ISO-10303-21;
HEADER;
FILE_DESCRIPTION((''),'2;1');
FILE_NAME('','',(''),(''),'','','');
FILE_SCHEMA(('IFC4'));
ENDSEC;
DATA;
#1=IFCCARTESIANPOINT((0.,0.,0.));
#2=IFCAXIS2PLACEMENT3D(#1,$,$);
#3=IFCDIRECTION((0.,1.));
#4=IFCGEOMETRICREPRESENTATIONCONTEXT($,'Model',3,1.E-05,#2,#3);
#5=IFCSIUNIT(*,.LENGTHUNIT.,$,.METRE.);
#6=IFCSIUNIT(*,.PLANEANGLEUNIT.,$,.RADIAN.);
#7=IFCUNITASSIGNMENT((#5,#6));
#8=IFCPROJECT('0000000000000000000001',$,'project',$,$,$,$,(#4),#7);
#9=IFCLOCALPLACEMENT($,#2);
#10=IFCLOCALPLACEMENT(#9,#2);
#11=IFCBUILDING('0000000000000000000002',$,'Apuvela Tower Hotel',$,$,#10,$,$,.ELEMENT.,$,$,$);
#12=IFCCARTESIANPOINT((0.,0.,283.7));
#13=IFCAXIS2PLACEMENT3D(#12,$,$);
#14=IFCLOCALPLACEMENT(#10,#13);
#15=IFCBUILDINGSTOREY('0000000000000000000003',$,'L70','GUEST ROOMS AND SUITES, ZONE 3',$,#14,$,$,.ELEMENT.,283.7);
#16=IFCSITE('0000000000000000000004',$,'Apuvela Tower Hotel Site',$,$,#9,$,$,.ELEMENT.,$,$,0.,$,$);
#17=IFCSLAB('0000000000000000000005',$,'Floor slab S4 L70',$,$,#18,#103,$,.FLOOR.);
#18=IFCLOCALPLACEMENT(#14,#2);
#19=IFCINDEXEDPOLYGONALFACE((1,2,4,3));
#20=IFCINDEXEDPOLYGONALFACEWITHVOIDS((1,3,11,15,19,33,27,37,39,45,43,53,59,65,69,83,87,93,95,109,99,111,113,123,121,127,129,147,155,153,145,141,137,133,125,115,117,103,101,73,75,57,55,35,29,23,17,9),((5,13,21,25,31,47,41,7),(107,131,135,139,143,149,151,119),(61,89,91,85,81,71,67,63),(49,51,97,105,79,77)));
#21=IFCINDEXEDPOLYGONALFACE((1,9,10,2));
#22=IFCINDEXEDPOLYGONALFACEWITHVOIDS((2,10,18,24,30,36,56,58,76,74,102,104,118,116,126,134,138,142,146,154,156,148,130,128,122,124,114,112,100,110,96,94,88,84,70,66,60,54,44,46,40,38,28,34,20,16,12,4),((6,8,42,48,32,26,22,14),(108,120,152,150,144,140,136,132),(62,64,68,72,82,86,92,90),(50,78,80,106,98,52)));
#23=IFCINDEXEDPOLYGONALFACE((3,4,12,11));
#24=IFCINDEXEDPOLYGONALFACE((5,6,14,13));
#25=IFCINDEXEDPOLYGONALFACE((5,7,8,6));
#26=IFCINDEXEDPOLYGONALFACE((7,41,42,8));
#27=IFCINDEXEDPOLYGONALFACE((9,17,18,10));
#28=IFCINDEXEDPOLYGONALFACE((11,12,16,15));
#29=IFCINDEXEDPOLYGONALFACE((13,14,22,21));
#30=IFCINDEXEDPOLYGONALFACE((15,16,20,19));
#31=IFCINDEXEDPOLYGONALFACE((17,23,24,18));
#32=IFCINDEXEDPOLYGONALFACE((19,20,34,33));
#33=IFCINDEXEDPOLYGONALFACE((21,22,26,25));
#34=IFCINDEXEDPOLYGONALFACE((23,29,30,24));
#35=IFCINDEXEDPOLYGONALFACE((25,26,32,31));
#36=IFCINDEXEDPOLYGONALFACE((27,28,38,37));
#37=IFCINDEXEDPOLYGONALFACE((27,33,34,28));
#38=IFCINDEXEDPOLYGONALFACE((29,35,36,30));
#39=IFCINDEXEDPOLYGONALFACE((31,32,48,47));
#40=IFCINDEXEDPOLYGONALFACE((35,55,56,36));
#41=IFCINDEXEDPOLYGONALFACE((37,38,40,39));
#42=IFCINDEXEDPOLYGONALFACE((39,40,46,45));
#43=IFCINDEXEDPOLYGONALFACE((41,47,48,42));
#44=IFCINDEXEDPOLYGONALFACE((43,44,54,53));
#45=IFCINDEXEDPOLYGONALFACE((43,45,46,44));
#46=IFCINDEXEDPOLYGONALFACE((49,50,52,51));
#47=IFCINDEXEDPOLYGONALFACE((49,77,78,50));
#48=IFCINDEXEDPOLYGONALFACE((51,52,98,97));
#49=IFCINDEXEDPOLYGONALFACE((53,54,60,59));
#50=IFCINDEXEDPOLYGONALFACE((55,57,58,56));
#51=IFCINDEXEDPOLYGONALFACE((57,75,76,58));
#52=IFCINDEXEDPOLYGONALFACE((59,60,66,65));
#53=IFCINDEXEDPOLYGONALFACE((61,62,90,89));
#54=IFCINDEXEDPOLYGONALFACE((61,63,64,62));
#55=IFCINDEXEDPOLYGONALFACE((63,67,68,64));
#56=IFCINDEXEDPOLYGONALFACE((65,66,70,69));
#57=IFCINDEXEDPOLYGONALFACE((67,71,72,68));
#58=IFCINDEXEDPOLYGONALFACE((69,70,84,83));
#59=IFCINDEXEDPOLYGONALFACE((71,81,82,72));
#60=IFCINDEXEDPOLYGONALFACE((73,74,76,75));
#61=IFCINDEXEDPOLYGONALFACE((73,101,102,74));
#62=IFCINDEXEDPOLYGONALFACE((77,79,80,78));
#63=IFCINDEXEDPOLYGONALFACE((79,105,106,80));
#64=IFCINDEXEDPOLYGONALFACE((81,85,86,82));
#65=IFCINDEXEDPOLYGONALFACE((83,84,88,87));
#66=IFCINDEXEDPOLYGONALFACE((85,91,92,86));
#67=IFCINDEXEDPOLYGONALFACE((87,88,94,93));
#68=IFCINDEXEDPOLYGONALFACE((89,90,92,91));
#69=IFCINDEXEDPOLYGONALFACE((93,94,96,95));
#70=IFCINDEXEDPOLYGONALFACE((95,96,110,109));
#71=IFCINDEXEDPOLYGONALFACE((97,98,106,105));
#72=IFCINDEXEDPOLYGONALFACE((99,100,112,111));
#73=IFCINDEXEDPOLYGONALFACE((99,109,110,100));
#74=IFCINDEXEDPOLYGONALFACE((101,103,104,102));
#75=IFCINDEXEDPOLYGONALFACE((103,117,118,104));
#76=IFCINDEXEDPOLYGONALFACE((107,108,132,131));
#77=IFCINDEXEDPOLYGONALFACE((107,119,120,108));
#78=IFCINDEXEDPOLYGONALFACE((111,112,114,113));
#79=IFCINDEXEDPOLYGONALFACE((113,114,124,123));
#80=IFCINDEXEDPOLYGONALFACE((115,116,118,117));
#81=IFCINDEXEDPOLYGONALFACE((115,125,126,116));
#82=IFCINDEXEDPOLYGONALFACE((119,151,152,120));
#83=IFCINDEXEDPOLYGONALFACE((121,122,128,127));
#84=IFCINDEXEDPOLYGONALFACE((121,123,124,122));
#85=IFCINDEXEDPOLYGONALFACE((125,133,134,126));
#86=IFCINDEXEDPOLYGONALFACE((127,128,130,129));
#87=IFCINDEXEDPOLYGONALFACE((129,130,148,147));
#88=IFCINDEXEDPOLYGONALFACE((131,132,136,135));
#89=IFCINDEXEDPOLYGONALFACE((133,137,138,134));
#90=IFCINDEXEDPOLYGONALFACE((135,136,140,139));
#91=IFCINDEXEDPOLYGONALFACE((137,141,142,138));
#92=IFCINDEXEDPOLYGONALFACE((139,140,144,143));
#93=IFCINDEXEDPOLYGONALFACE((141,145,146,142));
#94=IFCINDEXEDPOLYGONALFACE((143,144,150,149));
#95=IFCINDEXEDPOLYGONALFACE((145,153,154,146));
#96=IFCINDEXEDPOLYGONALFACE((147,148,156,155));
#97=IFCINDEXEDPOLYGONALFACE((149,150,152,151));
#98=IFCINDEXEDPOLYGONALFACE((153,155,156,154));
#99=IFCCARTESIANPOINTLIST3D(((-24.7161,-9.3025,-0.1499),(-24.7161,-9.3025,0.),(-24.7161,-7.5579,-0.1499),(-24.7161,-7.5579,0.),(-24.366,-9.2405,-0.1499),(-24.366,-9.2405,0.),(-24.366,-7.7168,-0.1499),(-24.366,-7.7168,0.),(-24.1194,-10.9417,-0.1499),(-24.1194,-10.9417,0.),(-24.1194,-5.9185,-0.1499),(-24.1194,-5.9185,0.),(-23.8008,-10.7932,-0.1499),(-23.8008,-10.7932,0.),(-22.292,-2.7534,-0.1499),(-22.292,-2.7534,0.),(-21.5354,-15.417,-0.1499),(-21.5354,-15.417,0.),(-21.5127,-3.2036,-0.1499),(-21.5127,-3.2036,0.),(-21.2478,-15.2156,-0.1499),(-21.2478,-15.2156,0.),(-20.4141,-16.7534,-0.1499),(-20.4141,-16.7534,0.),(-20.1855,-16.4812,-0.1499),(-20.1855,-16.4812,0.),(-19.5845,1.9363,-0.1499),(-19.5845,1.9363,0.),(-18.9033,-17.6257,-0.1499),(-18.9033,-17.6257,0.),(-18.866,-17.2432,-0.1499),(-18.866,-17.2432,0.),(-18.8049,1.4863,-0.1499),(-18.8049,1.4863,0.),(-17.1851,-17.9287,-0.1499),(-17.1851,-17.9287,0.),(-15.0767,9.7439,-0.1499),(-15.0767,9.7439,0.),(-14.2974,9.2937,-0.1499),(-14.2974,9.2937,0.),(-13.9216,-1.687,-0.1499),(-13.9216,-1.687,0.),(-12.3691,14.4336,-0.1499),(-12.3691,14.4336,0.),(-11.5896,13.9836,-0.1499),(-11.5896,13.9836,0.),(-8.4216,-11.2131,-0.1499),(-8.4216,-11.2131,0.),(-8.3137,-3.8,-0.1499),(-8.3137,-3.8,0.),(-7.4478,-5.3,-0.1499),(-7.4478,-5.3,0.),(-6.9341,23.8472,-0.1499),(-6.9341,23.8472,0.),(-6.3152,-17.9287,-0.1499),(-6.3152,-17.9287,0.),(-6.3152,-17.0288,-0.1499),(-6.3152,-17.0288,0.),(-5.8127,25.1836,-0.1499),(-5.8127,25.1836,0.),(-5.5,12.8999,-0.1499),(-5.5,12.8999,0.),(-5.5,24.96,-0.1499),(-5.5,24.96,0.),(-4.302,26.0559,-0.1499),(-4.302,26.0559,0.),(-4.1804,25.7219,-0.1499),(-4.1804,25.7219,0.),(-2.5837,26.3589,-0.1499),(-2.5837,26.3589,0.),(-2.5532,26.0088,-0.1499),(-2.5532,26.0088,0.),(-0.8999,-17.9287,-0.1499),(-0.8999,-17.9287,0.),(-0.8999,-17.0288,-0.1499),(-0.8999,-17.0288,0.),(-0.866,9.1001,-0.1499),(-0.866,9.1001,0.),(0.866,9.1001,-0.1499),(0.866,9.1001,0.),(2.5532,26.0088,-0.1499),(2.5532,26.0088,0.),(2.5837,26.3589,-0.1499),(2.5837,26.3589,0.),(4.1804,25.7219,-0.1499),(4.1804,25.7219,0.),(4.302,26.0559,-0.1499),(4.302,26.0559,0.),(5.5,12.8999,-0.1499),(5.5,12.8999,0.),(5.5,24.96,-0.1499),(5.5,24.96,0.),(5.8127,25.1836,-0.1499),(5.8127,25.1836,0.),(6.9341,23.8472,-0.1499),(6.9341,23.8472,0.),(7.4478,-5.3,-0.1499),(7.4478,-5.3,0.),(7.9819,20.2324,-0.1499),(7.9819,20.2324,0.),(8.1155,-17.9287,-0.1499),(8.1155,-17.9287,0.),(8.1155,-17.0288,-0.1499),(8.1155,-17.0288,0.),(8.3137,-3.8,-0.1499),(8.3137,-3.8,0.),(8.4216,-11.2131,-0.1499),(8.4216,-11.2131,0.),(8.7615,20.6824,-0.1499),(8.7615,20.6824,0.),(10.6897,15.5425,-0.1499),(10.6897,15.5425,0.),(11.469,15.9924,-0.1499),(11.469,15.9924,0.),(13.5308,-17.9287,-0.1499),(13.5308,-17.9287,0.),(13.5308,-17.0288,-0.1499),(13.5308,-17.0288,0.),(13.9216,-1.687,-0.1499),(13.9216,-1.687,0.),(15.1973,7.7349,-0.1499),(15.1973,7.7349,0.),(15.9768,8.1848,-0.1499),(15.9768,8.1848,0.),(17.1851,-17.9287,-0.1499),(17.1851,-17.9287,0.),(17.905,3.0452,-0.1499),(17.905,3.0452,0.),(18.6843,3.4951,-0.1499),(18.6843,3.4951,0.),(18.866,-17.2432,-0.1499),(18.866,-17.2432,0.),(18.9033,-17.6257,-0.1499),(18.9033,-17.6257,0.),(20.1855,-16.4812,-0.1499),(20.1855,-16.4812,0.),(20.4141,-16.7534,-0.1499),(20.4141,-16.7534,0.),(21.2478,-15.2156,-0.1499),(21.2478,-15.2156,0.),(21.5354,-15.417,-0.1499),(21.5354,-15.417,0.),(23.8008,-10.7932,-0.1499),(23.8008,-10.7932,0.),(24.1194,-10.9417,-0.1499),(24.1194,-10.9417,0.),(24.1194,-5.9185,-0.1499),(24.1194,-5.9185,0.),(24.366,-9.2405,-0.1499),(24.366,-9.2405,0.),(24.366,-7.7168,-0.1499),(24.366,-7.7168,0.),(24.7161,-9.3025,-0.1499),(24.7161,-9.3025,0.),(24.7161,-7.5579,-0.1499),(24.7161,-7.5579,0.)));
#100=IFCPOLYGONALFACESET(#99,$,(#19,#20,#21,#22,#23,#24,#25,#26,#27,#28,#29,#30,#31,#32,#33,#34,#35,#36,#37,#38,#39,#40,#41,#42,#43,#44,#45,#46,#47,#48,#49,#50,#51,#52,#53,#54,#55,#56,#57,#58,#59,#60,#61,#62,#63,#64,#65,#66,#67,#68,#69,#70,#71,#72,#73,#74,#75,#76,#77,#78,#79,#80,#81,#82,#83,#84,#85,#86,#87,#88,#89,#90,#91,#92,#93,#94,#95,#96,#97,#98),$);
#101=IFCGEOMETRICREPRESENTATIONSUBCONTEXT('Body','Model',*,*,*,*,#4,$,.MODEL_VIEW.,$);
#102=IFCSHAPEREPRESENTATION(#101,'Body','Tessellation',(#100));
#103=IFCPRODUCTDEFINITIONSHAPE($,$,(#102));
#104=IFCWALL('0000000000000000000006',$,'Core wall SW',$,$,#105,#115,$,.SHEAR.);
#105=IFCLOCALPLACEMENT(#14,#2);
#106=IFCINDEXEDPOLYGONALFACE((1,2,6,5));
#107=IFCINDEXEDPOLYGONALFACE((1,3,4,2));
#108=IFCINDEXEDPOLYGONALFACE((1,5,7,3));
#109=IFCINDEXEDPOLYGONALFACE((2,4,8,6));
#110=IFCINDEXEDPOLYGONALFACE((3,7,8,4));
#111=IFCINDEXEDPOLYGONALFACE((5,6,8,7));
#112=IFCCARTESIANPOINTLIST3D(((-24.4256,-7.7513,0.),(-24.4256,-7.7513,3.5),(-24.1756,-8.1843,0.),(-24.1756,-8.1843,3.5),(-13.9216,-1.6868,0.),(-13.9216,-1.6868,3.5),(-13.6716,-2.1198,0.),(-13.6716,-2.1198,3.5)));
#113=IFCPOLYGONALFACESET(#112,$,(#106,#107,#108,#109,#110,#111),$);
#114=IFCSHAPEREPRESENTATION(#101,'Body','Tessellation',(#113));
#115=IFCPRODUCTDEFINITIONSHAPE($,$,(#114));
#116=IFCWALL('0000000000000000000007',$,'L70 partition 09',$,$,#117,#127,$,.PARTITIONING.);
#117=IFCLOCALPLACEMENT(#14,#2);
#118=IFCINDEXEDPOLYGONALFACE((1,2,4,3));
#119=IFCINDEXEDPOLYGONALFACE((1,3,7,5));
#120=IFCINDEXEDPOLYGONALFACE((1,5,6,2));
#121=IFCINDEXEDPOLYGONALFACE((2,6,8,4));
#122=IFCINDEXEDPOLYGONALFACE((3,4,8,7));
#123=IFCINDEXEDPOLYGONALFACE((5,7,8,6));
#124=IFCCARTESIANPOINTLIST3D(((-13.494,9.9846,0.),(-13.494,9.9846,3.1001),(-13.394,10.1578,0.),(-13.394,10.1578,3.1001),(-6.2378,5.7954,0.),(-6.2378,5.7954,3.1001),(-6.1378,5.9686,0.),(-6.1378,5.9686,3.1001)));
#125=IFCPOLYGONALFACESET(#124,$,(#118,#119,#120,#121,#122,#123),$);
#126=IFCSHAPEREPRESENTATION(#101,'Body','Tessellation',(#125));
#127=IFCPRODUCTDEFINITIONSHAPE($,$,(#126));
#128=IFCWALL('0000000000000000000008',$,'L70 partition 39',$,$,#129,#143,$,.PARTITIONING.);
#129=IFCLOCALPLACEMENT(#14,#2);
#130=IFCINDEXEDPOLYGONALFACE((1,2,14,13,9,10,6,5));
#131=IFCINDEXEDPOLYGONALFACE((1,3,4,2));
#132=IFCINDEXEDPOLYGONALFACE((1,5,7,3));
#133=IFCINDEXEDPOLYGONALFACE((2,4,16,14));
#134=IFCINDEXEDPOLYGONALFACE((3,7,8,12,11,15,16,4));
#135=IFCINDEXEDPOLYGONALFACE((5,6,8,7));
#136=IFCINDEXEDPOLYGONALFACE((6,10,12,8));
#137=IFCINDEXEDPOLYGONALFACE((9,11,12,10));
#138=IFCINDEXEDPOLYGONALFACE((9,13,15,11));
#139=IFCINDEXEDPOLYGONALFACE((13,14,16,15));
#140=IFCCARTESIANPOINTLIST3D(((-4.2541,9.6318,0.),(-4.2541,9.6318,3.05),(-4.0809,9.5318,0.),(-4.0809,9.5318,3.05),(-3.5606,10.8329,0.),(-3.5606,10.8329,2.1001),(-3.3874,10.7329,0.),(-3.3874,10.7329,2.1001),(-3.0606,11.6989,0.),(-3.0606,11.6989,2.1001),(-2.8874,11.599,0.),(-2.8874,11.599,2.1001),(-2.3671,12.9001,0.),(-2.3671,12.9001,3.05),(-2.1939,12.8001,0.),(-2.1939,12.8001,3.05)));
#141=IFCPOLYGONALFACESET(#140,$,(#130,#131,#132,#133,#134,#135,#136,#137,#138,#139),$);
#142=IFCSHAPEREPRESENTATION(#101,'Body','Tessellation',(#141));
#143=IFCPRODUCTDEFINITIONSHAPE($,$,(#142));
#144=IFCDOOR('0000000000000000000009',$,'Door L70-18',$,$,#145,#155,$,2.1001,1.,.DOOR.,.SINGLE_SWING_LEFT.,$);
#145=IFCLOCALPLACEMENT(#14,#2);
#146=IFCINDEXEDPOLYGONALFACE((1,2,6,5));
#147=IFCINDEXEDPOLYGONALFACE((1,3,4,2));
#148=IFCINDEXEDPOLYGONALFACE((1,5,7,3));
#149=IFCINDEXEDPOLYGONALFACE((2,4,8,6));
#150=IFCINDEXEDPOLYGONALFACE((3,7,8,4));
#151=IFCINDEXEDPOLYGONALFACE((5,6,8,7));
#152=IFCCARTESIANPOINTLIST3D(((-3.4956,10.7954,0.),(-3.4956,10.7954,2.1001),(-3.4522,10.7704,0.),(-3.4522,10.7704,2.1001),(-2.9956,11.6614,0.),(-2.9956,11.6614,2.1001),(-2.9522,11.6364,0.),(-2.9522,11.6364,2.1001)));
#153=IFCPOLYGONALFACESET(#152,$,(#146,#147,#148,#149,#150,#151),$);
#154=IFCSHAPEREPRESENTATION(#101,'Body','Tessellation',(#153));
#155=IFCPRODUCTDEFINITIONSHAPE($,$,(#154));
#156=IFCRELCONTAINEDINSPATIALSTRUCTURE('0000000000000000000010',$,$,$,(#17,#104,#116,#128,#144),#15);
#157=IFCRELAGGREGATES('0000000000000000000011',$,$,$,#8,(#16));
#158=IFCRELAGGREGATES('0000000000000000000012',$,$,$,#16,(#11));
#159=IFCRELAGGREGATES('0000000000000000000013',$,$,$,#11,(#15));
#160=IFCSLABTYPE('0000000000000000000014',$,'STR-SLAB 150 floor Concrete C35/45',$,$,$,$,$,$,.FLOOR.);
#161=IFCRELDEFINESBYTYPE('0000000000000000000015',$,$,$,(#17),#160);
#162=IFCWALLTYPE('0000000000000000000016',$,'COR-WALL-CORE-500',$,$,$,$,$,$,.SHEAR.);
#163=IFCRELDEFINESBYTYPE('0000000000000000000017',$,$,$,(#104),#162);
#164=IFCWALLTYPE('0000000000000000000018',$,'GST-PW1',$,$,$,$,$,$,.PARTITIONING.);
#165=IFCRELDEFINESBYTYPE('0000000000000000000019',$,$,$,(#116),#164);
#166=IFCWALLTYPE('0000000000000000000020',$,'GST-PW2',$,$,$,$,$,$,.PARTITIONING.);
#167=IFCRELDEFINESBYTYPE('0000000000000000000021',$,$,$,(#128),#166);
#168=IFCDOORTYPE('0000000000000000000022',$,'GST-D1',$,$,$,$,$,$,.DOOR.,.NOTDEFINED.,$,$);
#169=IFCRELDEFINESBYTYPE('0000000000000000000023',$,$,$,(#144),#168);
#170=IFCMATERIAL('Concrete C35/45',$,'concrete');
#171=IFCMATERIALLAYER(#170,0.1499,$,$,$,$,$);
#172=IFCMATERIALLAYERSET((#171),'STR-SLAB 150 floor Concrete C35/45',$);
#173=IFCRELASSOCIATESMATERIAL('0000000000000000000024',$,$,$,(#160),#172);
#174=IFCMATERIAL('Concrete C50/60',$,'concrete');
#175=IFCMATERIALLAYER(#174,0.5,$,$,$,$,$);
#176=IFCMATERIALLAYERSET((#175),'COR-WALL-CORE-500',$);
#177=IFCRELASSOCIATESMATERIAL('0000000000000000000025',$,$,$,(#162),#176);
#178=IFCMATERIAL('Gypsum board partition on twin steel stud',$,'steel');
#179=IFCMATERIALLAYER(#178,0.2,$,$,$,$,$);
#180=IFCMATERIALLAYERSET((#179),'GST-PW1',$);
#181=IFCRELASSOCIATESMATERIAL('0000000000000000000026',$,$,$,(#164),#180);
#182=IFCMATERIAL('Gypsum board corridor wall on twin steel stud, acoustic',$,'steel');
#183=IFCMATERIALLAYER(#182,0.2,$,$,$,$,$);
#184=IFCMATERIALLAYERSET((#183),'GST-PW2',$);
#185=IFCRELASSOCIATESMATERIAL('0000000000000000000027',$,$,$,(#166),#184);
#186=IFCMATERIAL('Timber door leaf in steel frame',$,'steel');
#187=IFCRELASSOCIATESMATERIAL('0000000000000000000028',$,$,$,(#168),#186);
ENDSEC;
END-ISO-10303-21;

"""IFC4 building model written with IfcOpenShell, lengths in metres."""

from ifc_helpers import new_model, si_unit, direction, frame, frame_2d, origin, place, context, subcontext, project, spatial, polyline, rectangle, outline, extrude, material, layer, layer_set, type_object, element, fill, save


model = new_model("IFC4")

# Units and contexts
model_context = context("Model", 3, precision=1e-05, world=origin(), true_north=direction((0.0, 1.0)))
body_context = subcontext(model_context, "Body", "Model", "MODEL_VIEW")
ifc_project = project(units=[si_unit("LENGTHUNIT", "METRE"), si_unit("PLANEANGLEUNIT", "RADIAN")], contexts=[model_context])

# Site, building, storey
site_placement = place(None, origin())
site = spatial("IfcSite", under=ifc_project, at=site_placement, Name="Apuvela Tower Hotel Site", CompositionType="ELEMENT", RefElevation=0.0)
building_placement = place(site_placement, origin())
building = spatial("IfcBuilding", under=site, at=building_placement, Name="Apuvela Tower Hotel", CompositionType="ELEMENT")
storey_placement = place(building_placement, frame((0.0, 0.0, 283.7)))
storey = spatial("IfcBuildingStorey", under=building, at=storey_placement, Name="L70", Description="GUEST ROOMS AND SUITES, ZONE 3", CompositionType="ELEMENT", Elevation=283.7)

# Slab
ifc_material_1 = material(Name="Concrete C35/45", Category="concrete")
ifc_layer_1 = layer(ifc_material_1, 0.1499)
ifc_layer_set_1 = layer_set([ifc_layer_1], Name="STR-SLAB 150 floor Concrete C35/45")
slab_type_1 = type_object("IfcSlabType", Name="STR-SLAB 150 floor Concrete C35/45", PredefinedType="FLOOR", material=ifc_layer_set_1)
slab_1_placement = place(storey_placement, frame((0.0, 0.0, -0.1499)))
element("IfcSlab", 1, at=slab_1_placement, inside=storey, type_object=slab_type_1, Name="Floor slab S4 L70", PredefinedType="FLOOR", context=body_context, shape_type="SweptSolid", body=[
    extrude(outline(polyline([(-5.8127, 25.1836), (-4.302, 26.0559), (-2.5837, 26.3589), (2.5837, 26.3589), (4.302, 26.0559), (5.8127, 25.1836), (6.9341, 23.8472), (8.7615, 20.6824), (7.9819, 20.2324), (10.6897, 15.5425), (11.469, 15.9924), (15.9768, 8.1848), (15.1973, 7.7349), (17.905, 3.0452), (18.6843, 3.4951), (24.1194, -5.9185), (24.7161, -7.5579), (24.7161, -9.3025), (24.1194, -10.9417), (21.5354, -15.417), (20.4141, -16.7534), (18.9033, -17.6257), (17.1851, -17.9287), (13.5308, -17.9287), (13.5308, -17.0288), (8.1155, -17.0288), (8.1155, -17.9287), (-0.8999, -17.9287), (-0.8999, -17.0288), (-6.3152, -17.0288), (-6.3152, -17.9287), (-17.1851, -17.9287), (-18.9033, -17.6257), (-20.4141, -16.7534), (-21.5354, -15.417), (-24.1194, -10.9417), (-24.7161, -9.3025), (-24.7161, -7.5579), (-24.1194, -5.9185), (-22.292, -2.7534), (-21.5127, -3.2036), (-18.8049, 1.4863), (-19.5845, 1.9363), (-15.0767, 9.7439), (-14.2974, 9.2937), (-11.5896, 13.9836), (-12.3691, 14.4336), (-6.9341, 23.8472), (-5.8127, 25.1836)]), holes=[polyline([(0.866, 9.1001), (-0.866, 9.1001), (-8.3137, -3.8), (-7.4478, -5.3), (7.4478, -5.3), (8.3137, -3.8), (0.866, 9.1001)]), polyline([(-5.5, 12.8999), (-5.5, 24.96), (-4.1804, 25.7219), (-2.5532, 26.0088), (2.5532, 26.0088), (4.1804, 25.7219), (5.5, 24.96), (5.5, 12.8999), (-5.5, 12.8999)]), polyline([(-8.4216, -11.2131), (-18.866, -17.2432), (-20.1855, -16.4812), (-21.2478, -15.2156), (-23.8008, -10.7932), (-24.366, -9.2405), (-24.366, -7.7168), (-13.9216, -1.687), (-8.4216, -11.2131)]), polyline([(13.9216, -1.687), (24.366, -7.7168), (24.366, -9.2405), (23.8008, -10.7932), (21.2478, -15.2156), (20.1855, -16.4812), (18.866, -17.2432), (8.4216, -11.2131), (13.9216, -1.687)])]), origin(), (0.0, 0.0, 1.0), 0.1499),
])

# Walls
ifc_material_2 = material(Name="Concrete C50/60", Category="concrete")
ifc_layer_2 = layer(ifc_material_2, 0.5)
ifc_layer_set_2 = layer_set([ifc_layer_2], Name="COR-WALL-CORE-500")
wall_type_1 = type_object("IfcWallType", Name="COR-WALL-CORE-500", PredefinedType="SHEAR", material=ifc_layer_set_2)
wall_1_placement = place(storey_placement, frame((-13.7966, -1.9033, 0.0), z_axis=(0.0, 0.0, 1.0), x_axis=(-0.866025, -0.500001, 0.0)))
element("IfcWall", 2, at=wall_1_placement, inside=storey, type_object=wall_type_1, Name="Core wall SW", PredefinedType="SHEAR", context=body_context, shape_type="SweptSolid", body=[
    extrude(rectangle(XDim=12.1289, YDim=0.5, at=frame_2d((6.0645, 0.0))), origin(), (0.0, 0.0, 1.0), 3.5),
])
ifc_material_3 = material(Name="Gypsum board partition on twin steel stud", Category="steel")
ifc_layer_3 = layer(ifc_material_3, 0.2)
ifc_layer_set_3 = layer_set([ifc_layer_3], Name="GST-PW1")
wall_type_2 = type_object("IfcWallType", Name="GST-PW1", PredefinedType="PARTITIONING", material=ifc_layer_set_3)
wall_2_placement = place(storey_placement, frame((-13.4441, 10.0713, 0.0), z_axis=(0.0, 0.0, 1.0), x_axis=(0.866031, -0.499991, 0.0)))
element("IfcWall", 3, at=wall_2_placement, inside=storey, type_object=wall_type_2, Name="L70 partition 09", PredefinedType="PARTITIONING", context=body_context, shape_type="SweptSolid", body=[
    extrude(rectangle(XDim=8.3787, YDim=0.2, at=frame_2d((4.1895, 0.0))), origin(), (0.0, 0.0, 1.0), 3.1001),
])

# Wall, opening, door
ifc_material_4 = material(Name="Gypsum board corridor wall on twin steel stud, acoustic", Category="steel")
ifc_layer_4 = layer(ifc_material_4, 0.2)
ifc_layer_set_4 = layer_set([ifc_layer_4], Name="GST-PW2")
wall_type_3 = type_object("IfcWallType", Name="GST-PW2", PredefinedType="PARTITIONING", material=ifc_layer_set_4)
wall_3_placement = place(storey_placement, frame((-4.1675, 9.5818, 0.0), z_axis=(0.0, 0.0, 1.0), x_axis=(0.500001, 0.866025, 0.0)))
wall_3 = element("IfcWall", 4, at=wall_3_placement, inside=storey, type_object=wall_type_3, Name="L70 partition 39", PredefinedType="PARTITIONING", context=body_context, shape_type="SweptSolid", body=[
    extrude(rectangle(XDim=3.7739, YDim=0.2, at=frame_2d((1.887, 0.0))), origin(), (0.0, 0.0, 1.0), 3.05),
])
opening_1_placement = place(wall_3_placement, frame((1.387, 0.0, 0.0)))
opening_1 = element("IfcOpeningElement", 5, at=opening_1_placement, cuts=wall_3, PredefinedType="OPENING", context=body_context, shape_type="SweptSolid", body=[
    extrude(rectangle(XDim=1.0, YDim=2.1001, at=frame_2d((0.5, 1.05))), frame((0.0, 0.1099, 0.0), z_axis=(0.0, -1.0, 0.0), x_axis=(1.0, 0.0, 0.0)), (0.0, 0.0, 1.0), 0.22),
])
ifc_material_5 = material(Name="Timber door leaf in steel frame", Category="steel")
door_type_1 = type_object("IfcDoorType", Name="GST-D1", OperationType="NOTDEFINED", PredefinedType="DOOR", material=ifc_material_5)
door_1_placement = place(opening_1_placement, origin())
door_1 = element("IfcDoor", 6, at=door_1_placement, inside=storey, type_object=door_type_1, Name="Door L70-18", OperationType="SINGLE_SWING_LEFT", OverallHeight=2.1001, OverallWidth=1.0, PredefinedType="DOOR", context=body_context, shape_type="SweptSolid", body=[
    extrude(rectangle(XDim=1.0, YDim=2.1001, at=frame_2d((0.5, 1.05))), frame((0.0, 0.0249, 0.0), z_axis=(0.0, -1.0, 0.0), x_axis=(1.0, 0.0, 0.0)), (0.0, 0.0, 1.0), 0.05),
])
fill(opening_1, door_1)

save(model, "model.ifc")
